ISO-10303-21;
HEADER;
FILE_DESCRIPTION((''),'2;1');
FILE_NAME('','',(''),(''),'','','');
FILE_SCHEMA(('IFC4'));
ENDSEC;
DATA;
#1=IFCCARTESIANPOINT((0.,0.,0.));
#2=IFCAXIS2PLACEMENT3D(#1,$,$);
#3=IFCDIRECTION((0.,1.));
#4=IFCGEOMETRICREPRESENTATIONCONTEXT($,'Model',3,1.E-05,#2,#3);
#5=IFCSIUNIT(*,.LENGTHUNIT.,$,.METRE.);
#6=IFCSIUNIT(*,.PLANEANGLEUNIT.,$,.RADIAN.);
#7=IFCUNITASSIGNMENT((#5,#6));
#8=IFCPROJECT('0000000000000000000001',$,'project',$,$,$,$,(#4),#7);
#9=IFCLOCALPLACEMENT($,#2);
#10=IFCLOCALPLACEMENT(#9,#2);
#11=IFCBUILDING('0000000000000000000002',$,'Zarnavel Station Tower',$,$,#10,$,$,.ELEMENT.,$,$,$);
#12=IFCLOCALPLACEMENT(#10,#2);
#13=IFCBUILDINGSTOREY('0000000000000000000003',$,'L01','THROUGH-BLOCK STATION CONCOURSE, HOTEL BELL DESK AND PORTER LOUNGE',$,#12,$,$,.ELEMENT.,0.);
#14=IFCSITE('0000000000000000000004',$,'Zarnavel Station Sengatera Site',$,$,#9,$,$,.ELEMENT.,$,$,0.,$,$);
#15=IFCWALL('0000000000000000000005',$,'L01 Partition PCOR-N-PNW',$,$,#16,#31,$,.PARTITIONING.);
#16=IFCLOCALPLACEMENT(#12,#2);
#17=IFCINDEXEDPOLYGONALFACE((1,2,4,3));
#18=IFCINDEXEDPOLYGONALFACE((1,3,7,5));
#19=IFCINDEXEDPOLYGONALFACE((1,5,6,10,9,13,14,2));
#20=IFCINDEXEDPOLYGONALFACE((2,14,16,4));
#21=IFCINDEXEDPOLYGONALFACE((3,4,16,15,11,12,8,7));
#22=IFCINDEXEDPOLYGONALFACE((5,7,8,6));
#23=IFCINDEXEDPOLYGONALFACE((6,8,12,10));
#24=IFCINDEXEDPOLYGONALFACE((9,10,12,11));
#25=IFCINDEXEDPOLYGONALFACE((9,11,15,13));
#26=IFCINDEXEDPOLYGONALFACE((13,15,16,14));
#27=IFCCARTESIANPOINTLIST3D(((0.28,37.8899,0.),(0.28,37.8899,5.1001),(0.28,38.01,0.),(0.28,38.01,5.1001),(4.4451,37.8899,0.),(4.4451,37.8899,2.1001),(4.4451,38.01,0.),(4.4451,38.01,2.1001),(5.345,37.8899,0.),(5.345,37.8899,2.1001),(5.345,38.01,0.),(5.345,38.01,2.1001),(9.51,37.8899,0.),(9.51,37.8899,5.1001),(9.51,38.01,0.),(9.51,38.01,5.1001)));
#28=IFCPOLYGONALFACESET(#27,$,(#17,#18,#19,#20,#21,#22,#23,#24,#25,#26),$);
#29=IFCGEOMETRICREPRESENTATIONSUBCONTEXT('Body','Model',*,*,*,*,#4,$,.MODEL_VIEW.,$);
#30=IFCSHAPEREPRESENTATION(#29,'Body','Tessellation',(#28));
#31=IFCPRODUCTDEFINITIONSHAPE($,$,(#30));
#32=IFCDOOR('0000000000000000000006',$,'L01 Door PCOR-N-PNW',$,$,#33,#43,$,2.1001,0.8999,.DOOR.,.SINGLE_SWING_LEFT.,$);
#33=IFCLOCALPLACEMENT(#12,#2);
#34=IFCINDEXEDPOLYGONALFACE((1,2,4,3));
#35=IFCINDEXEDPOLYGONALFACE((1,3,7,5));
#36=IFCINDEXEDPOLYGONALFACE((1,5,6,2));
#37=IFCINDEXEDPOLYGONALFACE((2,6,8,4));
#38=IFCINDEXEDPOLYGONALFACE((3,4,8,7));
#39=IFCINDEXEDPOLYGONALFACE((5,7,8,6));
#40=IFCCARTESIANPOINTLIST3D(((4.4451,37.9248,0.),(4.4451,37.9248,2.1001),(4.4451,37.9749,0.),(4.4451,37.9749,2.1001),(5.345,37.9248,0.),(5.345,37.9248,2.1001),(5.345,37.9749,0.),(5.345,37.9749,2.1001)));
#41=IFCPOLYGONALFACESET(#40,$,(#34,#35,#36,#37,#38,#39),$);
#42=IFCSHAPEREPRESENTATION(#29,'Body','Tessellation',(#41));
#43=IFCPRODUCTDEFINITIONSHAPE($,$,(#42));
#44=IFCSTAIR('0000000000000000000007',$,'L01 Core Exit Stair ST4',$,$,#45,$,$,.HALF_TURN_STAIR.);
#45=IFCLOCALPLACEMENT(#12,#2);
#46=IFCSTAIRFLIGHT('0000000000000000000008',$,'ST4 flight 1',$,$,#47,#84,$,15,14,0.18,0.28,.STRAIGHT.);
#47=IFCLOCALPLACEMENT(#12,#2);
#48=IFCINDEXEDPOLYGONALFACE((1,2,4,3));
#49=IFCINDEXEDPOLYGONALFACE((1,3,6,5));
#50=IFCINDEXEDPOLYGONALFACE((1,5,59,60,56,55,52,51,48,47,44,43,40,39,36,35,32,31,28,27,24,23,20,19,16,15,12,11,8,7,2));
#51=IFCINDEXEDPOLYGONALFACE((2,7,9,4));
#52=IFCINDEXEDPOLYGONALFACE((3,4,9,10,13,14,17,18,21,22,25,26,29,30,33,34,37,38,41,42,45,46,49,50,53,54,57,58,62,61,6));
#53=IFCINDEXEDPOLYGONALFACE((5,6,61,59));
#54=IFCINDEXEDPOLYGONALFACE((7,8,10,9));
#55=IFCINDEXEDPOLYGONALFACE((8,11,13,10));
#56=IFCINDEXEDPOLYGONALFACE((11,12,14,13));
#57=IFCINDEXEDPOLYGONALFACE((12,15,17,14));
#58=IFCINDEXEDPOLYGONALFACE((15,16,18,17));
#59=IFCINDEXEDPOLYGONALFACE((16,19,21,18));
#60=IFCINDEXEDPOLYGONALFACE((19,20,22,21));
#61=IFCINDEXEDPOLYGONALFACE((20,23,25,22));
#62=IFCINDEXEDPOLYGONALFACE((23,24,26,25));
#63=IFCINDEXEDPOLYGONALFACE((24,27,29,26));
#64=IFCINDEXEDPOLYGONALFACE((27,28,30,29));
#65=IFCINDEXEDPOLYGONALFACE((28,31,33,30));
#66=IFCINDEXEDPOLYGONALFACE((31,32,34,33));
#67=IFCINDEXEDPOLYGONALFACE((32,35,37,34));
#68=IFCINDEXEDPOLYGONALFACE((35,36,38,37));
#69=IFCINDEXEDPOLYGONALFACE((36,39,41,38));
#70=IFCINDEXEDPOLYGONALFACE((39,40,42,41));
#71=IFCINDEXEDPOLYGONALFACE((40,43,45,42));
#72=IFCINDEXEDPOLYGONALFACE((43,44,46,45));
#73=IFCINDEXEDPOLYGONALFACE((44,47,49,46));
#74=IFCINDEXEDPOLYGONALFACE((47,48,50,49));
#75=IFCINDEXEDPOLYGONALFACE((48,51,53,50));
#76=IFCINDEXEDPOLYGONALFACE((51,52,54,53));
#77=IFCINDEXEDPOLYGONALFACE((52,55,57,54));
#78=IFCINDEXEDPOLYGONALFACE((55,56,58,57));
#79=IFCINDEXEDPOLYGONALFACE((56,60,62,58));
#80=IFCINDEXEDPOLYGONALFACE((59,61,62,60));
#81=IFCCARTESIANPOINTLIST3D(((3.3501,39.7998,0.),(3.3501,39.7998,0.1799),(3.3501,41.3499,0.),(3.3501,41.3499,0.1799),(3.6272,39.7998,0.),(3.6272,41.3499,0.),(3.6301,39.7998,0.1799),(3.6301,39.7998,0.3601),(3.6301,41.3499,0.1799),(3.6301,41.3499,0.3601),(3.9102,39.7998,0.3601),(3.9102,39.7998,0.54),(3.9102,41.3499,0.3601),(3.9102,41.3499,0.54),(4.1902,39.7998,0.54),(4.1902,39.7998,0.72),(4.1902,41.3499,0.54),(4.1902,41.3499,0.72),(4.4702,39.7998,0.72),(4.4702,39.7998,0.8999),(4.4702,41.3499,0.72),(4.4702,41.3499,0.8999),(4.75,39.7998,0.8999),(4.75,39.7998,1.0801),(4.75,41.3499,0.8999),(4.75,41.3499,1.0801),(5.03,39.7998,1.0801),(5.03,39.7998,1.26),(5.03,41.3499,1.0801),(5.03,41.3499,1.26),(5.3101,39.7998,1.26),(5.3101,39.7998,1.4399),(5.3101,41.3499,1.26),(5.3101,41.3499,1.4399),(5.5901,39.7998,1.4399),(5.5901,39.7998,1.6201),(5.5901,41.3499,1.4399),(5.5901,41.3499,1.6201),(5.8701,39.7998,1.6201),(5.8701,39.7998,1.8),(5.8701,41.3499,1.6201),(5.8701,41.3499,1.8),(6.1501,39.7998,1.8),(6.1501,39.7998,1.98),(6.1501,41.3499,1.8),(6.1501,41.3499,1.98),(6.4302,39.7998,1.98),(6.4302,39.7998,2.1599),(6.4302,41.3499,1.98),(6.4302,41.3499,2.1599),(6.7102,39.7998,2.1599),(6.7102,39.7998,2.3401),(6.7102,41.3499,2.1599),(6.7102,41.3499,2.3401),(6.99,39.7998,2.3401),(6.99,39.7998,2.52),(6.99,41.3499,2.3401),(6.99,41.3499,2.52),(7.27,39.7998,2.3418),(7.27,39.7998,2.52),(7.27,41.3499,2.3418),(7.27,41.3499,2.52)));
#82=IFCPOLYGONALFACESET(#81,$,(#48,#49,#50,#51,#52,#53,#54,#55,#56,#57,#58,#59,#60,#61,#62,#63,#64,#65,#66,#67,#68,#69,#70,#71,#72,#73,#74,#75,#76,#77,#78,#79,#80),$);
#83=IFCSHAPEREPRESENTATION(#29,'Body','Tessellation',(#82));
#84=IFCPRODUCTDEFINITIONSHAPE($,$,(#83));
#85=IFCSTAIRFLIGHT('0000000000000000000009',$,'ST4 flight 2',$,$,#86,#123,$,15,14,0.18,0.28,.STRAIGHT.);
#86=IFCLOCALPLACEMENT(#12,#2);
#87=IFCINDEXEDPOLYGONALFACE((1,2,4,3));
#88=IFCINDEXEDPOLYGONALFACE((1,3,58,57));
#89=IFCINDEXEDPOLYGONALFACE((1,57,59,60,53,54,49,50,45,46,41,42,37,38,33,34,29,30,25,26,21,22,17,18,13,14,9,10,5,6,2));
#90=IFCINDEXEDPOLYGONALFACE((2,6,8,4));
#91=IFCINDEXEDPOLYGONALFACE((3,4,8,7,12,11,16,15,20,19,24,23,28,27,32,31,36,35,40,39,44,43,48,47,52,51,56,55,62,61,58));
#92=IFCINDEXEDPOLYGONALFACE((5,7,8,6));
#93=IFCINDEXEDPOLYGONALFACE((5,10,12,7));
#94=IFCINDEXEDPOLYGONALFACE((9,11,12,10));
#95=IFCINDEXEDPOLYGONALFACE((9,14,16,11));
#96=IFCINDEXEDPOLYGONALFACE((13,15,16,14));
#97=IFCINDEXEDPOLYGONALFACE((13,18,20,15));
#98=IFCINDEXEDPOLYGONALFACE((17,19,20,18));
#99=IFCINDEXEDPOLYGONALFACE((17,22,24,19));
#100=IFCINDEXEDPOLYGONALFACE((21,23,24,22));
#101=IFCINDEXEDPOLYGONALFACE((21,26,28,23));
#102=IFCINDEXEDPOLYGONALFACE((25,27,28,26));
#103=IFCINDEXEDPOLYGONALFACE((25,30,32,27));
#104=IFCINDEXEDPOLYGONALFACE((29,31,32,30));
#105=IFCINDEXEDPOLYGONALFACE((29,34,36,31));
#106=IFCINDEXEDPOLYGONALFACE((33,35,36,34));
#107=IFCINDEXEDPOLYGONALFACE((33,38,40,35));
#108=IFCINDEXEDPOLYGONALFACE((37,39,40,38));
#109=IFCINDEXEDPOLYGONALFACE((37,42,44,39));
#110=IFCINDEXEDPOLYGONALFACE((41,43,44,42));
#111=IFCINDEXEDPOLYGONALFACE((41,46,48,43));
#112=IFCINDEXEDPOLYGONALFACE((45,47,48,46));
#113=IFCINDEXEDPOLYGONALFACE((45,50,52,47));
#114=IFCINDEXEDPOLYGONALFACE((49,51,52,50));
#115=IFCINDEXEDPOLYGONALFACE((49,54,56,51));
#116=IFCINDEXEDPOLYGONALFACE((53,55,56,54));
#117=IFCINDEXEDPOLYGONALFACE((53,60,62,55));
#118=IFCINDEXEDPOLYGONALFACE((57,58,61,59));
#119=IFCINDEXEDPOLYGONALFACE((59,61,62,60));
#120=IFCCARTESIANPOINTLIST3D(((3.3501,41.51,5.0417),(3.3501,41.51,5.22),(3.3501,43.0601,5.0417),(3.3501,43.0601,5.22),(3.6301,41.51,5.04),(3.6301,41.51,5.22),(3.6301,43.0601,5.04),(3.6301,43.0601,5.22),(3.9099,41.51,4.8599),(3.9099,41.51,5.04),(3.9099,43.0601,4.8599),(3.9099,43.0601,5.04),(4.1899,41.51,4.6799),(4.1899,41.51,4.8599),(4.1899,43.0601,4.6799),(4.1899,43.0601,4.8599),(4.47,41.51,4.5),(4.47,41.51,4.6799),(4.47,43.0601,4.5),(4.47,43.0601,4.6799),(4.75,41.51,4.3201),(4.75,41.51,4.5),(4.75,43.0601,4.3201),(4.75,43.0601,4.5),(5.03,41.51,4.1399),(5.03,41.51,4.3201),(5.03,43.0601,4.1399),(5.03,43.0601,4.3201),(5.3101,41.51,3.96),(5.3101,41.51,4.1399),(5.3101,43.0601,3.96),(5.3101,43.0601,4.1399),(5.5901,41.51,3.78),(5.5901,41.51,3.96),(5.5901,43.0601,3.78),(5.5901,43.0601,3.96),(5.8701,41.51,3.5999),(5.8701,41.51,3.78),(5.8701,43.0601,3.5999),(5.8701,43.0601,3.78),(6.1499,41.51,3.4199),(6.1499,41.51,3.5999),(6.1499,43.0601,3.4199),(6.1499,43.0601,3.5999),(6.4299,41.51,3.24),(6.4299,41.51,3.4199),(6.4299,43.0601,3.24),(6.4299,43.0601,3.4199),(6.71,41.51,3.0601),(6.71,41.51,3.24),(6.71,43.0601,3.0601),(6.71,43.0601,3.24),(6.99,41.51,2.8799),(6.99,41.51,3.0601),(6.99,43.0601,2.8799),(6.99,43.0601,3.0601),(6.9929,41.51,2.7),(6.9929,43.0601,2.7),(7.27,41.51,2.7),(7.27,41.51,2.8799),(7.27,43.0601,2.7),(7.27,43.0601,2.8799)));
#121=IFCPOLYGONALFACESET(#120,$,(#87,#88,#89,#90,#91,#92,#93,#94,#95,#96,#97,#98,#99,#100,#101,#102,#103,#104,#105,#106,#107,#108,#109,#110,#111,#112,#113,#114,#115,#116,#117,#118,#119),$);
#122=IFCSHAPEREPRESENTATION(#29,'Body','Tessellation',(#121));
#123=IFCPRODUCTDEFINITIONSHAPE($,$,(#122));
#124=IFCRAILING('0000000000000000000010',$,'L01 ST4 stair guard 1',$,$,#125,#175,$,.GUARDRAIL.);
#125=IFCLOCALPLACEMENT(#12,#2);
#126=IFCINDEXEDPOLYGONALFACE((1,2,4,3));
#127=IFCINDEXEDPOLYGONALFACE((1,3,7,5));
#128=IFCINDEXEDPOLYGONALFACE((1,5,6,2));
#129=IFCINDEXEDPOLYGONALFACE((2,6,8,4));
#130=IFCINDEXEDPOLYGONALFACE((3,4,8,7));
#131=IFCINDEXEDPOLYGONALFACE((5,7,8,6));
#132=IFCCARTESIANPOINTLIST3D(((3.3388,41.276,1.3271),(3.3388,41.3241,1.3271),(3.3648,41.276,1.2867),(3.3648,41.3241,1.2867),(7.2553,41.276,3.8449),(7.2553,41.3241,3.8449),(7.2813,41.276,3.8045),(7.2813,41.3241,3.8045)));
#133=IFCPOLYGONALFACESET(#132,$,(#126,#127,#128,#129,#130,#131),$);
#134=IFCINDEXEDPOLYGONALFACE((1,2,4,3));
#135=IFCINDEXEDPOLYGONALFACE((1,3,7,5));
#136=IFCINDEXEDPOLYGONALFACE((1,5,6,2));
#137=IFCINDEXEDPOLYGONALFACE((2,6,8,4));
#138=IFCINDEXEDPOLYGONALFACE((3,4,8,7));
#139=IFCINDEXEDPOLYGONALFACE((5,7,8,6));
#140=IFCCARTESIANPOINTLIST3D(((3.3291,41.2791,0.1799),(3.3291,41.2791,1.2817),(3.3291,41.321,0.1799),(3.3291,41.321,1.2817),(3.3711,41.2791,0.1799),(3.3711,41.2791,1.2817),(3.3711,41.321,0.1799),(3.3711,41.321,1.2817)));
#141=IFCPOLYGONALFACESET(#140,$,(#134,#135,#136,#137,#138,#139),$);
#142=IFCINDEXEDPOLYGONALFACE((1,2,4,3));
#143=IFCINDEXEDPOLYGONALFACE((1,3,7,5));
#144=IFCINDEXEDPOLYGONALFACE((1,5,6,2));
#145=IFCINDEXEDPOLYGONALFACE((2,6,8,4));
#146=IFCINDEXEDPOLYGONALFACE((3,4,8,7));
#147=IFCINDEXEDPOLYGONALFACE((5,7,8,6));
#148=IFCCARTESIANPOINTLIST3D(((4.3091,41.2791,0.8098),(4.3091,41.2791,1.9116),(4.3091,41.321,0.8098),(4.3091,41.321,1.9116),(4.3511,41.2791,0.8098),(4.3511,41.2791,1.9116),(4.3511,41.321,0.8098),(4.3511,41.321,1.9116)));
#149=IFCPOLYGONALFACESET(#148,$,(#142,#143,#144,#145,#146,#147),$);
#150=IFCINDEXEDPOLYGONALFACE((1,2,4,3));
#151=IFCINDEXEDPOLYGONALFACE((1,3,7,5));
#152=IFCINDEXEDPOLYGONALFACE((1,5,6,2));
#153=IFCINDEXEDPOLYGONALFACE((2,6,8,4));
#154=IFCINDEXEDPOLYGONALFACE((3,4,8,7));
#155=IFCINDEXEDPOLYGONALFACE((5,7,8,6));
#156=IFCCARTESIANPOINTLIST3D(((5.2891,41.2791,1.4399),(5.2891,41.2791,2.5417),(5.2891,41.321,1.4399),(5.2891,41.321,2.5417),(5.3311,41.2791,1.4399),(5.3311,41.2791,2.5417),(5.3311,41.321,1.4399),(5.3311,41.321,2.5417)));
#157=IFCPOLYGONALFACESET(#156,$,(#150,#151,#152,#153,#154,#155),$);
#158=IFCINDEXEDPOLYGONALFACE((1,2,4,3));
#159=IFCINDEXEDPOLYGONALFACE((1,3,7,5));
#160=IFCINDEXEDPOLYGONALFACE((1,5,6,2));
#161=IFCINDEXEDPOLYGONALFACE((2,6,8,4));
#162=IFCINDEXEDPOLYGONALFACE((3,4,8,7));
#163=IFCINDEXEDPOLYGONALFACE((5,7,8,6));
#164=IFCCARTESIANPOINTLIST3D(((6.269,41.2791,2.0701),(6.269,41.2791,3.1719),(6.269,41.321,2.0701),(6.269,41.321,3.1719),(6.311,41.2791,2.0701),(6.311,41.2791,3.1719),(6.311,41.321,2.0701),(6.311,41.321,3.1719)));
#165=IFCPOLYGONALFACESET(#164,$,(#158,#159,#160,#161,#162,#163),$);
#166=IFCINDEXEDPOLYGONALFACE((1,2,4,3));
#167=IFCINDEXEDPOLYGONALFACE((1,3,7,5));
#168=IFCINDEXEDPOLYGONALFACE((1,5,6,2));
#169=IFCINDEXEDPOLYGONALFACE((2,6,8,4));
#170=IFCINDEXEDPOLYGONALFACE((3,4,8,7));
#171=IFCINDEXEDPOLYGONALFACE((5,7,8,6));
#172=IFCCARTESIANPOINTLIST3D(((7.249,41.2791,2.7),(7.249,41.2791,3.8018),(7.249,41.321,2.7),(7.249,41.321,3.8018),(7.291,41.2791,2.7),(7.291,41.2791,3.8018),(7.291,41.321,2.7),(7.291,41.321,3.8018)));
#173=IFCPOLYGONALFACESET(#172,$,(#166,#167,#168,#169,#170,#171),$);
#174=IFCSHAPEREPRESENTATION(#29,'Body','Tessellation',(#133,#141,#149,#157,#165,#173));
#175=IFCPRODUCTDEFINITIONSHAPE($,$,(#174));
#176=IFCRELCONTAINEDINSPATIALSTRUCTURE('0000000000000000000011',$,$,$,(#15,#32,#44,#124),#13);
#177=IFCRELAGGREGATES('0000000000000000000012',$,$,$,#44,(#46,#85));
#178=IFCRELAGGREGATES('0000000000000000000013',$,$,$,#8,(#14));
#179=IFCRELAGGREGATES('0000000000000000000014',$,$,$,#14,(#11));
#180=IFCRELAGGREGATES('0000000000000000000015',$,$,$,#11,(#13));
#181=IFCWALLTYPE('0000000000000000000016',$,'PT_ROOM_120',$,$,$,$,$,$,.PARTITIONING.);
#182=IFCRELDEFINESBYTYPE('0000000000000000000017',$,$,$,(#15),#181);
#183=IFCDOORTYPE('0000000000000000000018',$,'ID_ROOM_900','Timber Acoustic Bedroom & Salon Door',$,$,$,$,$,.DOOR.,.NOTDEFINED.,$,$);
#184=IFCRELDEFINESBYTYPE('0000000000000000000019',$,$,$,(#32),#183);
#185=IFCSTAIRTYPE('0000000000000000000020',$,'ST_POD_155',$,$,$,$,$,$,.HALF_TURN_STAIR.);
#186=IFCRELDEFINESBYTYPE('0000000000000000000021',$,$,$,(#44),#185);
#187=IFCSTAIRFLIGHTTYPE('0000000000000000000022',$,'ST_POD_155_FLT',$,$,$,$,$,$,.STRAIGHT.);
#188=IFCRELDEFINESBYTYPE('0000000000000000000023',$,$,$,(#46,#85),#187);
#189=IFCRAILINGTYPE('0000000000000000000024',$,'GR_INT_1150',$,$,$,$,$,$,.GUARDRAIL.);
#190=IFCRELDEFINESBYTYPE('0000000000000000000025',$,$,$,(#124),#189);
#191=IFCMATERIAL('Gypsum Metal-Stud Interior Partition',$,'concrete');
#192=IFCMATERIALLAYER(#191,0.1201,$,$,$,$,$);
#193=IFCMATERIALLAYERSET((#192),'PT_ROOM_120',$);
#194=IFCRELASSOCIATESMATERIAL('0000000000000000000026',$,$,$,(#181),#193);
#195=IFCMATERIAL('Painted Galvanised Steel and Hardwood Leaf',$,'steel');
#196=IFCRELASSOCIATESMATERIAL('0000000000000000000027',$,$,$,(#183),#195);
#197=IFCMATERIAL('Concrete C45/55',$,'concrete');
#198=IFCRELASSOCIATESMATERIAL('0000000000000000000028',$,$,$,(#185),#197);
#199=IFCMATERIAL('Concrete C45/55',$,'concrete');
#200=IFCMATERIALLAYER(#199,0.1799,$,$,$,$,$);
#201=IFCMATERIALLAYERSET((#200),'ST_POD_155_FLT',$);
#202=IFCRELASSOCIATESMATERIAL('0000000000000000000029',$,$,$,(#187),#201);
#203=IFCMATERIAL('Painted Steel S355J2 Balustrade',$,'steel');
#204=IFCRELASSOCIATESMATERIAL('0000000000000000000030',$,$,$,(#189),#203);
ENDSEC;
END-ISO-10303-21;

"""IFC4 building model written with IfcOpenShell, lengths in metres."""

from ifc_helpers import new_model, si_unit, direction, frame, frame_2d, origin, origin_2d, place, context, subcontext, project, spatial, polyline, rectangle, outline, extrude, material, layer, layer_set, type_object, element, fill, aggregate, save


model = new_model("IFC4")

# Units and contexts
model_context = context("Model", 3, precision=1e-05, world=origin(), true_north=direction((0.0, 1.0)))
body_context = subcontext(model_context, "Body", "Model", "MODEL_VIEW")
ifc_project = project(units=[si_unit("LENGTHUNIT", "METRE"), si_unit("PLANEANGLEUNIT", "RADIAN")], contexts=[model_context])

# Site, building, storey
site_placement = place(None, origin())
site = spatial("IfcSite", under=ifc_project, at=site_placement, Name="Zarnavel Station Sengatera Site", CompositionType="ELEMENT", RefElevation=0.0)
building_placement = place(site_placement, origin())
building = spatial("IfcBuilding", under=site, at=building_placement, Name="Zarnavel Station Tower", CompositionType="ELEMENT")
storey_placement = place(building_placement, origin())
storey = spatial("IfcBuildingStorey", under=building, at=storey_placement, Name="L01", Description="THROUGH-BLOCK STATION CONCOURSE, HOTEL BELL DESK AND PORTER LOUNGE", CompositionType="ELEMENT", Elevation=0.0)

# Wall, opening, door
ifc_material_1 = material(Name="Gypsum Metal-Stud Interior Partition", Category="concrete")
ifc_layer_1 = layer(ifc_material_1, 0.1201)
ifc_layer_set_1 = layer_set([ifc_layer_1], Name="PT_ROOM_120")
wall_type_1 = type_object("IfcWallType", Name="PT_ROOM_120", PredefinedType="PARTITIONING", material=ifc_layer_set_1)
wall_1_placement = place(storey_placement, frame((0.28, 37.95, 0.0), z_axis=(0.0, 0.0, 1.0), x_axis=(1.0, 0.0, 0.0)))
wall_1 = element("IfcWall", 1, at=wall_1_placement, inside=storey, type_object=wall_type_1, Name="L01 Partition PCOR-N-PNW", PredefinedType="PARTITIONING", context=body_context, shape_type="SweptSolid", body=[
    extrude(rectangle(XDim=9.23, YDim=0.1201, at=frame_2d((4.615, 0.0))), origin(), (0.0, 0.0, 1.0), 5.1001),
])
opening_1_placement = place(wall_1_placement, frame((4.165, 0.0, 0.0)))
opening_1 = element("IfcOpeningElement", 2, at=opening_1_placement, cuts=wall_1, PredefinedType="OPENING", context=body_context, shape_type="SweptSolid", body=[
    extrude(rectangle(XDim=0.8999, YDim=2.1001, at=frame_2d((0.45, 1.05))), frame((0.0, 0.0701, 0.0), z_axis=(0.0, -1.0, 0.0), x_axis=(1.0, 0.0, 0.0)), (0.0, 0.0, 1.0), 0.1401),
])
ifc_material_2 = material(Name="Painted Galvanised Steel and Hardwood Leaf", Category="steel")
door_type_1 = type_object("IfcDoorType", Name="ID_ROOM_900", Description="Timber Acoustic Bedroom & Salon Door", OperationType="NOTDEFINED", PredefinedType="DOOR", material=ifc_material_2)
door_1_placement = place(opening_1_placement, origin())
door_1 = element("IfcDoor", 3, at=door_1_placement, inside=storey, type_object=door_type_1, Name="L01 Door PCOR-N-PNW", OperationType="SINGLE_SWING_LEFT", OverallHeight=2.1001, OverallWidth=0.8999, PredefinedType="DOOR", context=body_context, shape_type="SweptSolid", body=[
    extrude(rectangle(XDim=0.8999, YDim=2.1001, at=frame_2d((0.45, 1.05))), frame((0.0, 0.0249, 0.0), z_axis=(0.0, -1.0, 0.0), x_axis=(1.0, 0.0, 0.0)), (0.0, 0.0, 1.0), 0.05),
])
fill(opening_1, door_1)

# Stair, stair flights
ifc_material_3 = material(Name="Concrete C45/55", Category="concrete")
stair_type = type_object("IfcStairType", Name="ST_POD_155", PredefinedType="HALF_TURN_STAIR", material=ifc_material_3)
stair_placement = place(storey_placement, origin())
stair = element("IfcStair", 4, at=stair_placement, inside=storey, type_object=stair_type, Name="L01 Core Exit Stair ST4", PredefinedType="HALF_TURN_STAIR")
ifc_material_4 = material(Name="Concrete C45/55", Category="concrete")
ifc_layer_2 = layer(ifc_material_4, 0.1799)
ifc_layer_set_2 = layer_set([ifc_layer_2], Name="ST_POD_155_FLT")
stair_flight_type = type_object("IfcStairFlightType", Name="ST_POD_155_FLT", PredefinedType="STRAIGHT", material=ifc_layer_set_2)
stair_flight_1_placement = place(storey_placement, frame((3.3501, 40.575, 0.0), z_axis=(0.0, 0.0, 1.0), x_axis=(1.0, 0.0, 0.0)))
stair_flight_1 = element("IfcStairFlight", 5, at=stair_flight_1_placement, type_object=stair_flight_type, Name="ST4 flight 1", NumberOfRisers=15, NumberOfTreads=14, PredefinedType="STRAIGHT", RiserHeight=0.18, TreadLength=0.28, context=body_context, shape_type="SweptSolid", body=[
    extrude(outline(polyline([(0.0, 0.0), (0.0, 0.1799), (0.28, 0.1799), (0.28, 0.3601), (0.5601, 0.3601), (0.5601, 0.54), (0.8401, 0.54), (0.8401, 0.72), (1.1201, 0.72), (1.1201, 0.8999), (1.3999, 0.8999), (1.3999, 1.0801), (1.6799, 1.0801), (1.6799, 1.26), (1.96, 1.26), (1.96, 1.4399), (2.24, 1.4399), (2.24, 1.6201), (2.52, 1.6201), (2.52, 1.8), (2.8, 1.8), (2.8, 1.98), (3.0801, 1.98), (3.0801, 2.1599), (3.3601, 2.1599), (3.3601, 2.3401), (3.6399, 2.3401), (3.6399, 2.52), (3.9199, 2.52), (3.9199, 2.7), (3.9199, 2.3418), (0.2771, 0.0), (0.0, 0.0)])), frame((0.0, 0.7749, 0.0), z_axis=(0.0, -1.0, 0.0), x_axis=(1.0, 0.0, 0.0)), (0.0, 0.0, 1.0), 1.55),
])
stair_flight_2_placement = place(storey_placement, frame((7.27, 42.2849, 2.7), z_axis=(0.0, 0.0, 1.0), x_axis=(-1.0, 0.0, 0.0)))
stair_flight_2 = element("IfcStairFlight", 6, at=stair_flight_2_placement, type_object=stair_flight_type, Name="ST4 flight 2", NumberOfRisers=15, NumberOfTreads=14, PredefinedType="STRAIGHT", RiserHeight=0.18, TreadLength=0.28, context=body_context, shape_type="SweptSolid", body=[
    extrude(outline(polyline([(0.0, 0.0), (0.0, 0.1799), (0.28, 0.1799), (0.28, 0.3601), (0.5601, 0.3601), (0.5601, 0.54), (0.8401, 0.54), (0.8401, 0.72), (1.1201, 0.72), (1.1201, 0.8999), (1.3999, 0.8999), (1.3999, 1.0801), (1.6799, 1.0801), (1.6799, 1.26), (1.96, 1.26), (1.96, 1.4399), (2.24, 1.4399), (2.24, 1.6201), (2.52, 1.6201), (2.52, 1.8), (2.8, 1.8), (2.8, 1.98), (3.0801, 1.98), (3.0801, 2.1599), (3.3601, 2.1599), (3.3601, 2.3401), (3.6399, 2.3401), (3.6399, 2.52), (3.9199, 2.52), (3.9199, 2.7), (3.9199, 2.3418), (0.2771, 0.0), (0.0, 0.0)])), frame((0.0, 0.7749, 0.0), z_axis=(0.0, -1.0, 0.0), x_axis=(1.0, 0.0, 0.0)), (0.0, 0.0, 1.0), 1.55),
])
aggregate(stair, [stair_flight_1, stair_flight_2])

# Railing
ifc_material_5 = material(Name="Painted Steel S355J2 Balustrade", Category="steel")
railing_type_1 = type_object("IfcRailingType", Name="GR_INT_1150", PredefinedType="GUARDRAIL", material=ifc_material_5)
railing_1_placement = place(storey_placement, frame((3.3501, 41.3, 0.1799)))
element("IfcRailing", 7, at=railing_1_placement, inside=storey, type_object=railing_type_1, Name="L01 ST4 stair guard 1", PredefinedType="GUARDRAIL", context=body_context, shape_type="SweptSolid", body=[
    extrude(rectangle(XDim=0.0481, YDim=0.0481, at=origin_2d()), frame((0.0017, 0.0, 1.127), z_axis=(0.841172, 0.0, 0.540768), x_axis=(0.0, 1.0, 0.0)), (0.0, 0.0, 1.0), 4.656),
    extrude(rectangle(XDim=0.042, YDim=0.042, at=origin_2d()), origin(), (0.0, 0.0, 1.0), 1.1018),
    extrude(rectangle(XDim=0.042, YDim=0.042, at=origin_2d()), frame((0.98, 0.0, 0.6299)), (0.0, 0.0, 1.0), 1.1018),
    extrude(rectangle(XDim=0.042, YDim=0.042, at=origin_2d()), frame((1.96, 0.0, 1.26)), (0.0, 0.0, 1.0), 1.1018),
    extrude(rectangle(XDim=0.042, YDim=0.042, at=origin_2d()), frame((2.9399, 0.0, 1.8901)), (0.0, 0.0, 1.0), 1.1018),
    extrude(rectangle(XDim=0.042, YDim=0.042, at=origin_2d()), frame((3.9199, 0.0, 2.52)), (0.0, 0.0, 1.0), 1.1018),
])

save(model, "model.ifc")
